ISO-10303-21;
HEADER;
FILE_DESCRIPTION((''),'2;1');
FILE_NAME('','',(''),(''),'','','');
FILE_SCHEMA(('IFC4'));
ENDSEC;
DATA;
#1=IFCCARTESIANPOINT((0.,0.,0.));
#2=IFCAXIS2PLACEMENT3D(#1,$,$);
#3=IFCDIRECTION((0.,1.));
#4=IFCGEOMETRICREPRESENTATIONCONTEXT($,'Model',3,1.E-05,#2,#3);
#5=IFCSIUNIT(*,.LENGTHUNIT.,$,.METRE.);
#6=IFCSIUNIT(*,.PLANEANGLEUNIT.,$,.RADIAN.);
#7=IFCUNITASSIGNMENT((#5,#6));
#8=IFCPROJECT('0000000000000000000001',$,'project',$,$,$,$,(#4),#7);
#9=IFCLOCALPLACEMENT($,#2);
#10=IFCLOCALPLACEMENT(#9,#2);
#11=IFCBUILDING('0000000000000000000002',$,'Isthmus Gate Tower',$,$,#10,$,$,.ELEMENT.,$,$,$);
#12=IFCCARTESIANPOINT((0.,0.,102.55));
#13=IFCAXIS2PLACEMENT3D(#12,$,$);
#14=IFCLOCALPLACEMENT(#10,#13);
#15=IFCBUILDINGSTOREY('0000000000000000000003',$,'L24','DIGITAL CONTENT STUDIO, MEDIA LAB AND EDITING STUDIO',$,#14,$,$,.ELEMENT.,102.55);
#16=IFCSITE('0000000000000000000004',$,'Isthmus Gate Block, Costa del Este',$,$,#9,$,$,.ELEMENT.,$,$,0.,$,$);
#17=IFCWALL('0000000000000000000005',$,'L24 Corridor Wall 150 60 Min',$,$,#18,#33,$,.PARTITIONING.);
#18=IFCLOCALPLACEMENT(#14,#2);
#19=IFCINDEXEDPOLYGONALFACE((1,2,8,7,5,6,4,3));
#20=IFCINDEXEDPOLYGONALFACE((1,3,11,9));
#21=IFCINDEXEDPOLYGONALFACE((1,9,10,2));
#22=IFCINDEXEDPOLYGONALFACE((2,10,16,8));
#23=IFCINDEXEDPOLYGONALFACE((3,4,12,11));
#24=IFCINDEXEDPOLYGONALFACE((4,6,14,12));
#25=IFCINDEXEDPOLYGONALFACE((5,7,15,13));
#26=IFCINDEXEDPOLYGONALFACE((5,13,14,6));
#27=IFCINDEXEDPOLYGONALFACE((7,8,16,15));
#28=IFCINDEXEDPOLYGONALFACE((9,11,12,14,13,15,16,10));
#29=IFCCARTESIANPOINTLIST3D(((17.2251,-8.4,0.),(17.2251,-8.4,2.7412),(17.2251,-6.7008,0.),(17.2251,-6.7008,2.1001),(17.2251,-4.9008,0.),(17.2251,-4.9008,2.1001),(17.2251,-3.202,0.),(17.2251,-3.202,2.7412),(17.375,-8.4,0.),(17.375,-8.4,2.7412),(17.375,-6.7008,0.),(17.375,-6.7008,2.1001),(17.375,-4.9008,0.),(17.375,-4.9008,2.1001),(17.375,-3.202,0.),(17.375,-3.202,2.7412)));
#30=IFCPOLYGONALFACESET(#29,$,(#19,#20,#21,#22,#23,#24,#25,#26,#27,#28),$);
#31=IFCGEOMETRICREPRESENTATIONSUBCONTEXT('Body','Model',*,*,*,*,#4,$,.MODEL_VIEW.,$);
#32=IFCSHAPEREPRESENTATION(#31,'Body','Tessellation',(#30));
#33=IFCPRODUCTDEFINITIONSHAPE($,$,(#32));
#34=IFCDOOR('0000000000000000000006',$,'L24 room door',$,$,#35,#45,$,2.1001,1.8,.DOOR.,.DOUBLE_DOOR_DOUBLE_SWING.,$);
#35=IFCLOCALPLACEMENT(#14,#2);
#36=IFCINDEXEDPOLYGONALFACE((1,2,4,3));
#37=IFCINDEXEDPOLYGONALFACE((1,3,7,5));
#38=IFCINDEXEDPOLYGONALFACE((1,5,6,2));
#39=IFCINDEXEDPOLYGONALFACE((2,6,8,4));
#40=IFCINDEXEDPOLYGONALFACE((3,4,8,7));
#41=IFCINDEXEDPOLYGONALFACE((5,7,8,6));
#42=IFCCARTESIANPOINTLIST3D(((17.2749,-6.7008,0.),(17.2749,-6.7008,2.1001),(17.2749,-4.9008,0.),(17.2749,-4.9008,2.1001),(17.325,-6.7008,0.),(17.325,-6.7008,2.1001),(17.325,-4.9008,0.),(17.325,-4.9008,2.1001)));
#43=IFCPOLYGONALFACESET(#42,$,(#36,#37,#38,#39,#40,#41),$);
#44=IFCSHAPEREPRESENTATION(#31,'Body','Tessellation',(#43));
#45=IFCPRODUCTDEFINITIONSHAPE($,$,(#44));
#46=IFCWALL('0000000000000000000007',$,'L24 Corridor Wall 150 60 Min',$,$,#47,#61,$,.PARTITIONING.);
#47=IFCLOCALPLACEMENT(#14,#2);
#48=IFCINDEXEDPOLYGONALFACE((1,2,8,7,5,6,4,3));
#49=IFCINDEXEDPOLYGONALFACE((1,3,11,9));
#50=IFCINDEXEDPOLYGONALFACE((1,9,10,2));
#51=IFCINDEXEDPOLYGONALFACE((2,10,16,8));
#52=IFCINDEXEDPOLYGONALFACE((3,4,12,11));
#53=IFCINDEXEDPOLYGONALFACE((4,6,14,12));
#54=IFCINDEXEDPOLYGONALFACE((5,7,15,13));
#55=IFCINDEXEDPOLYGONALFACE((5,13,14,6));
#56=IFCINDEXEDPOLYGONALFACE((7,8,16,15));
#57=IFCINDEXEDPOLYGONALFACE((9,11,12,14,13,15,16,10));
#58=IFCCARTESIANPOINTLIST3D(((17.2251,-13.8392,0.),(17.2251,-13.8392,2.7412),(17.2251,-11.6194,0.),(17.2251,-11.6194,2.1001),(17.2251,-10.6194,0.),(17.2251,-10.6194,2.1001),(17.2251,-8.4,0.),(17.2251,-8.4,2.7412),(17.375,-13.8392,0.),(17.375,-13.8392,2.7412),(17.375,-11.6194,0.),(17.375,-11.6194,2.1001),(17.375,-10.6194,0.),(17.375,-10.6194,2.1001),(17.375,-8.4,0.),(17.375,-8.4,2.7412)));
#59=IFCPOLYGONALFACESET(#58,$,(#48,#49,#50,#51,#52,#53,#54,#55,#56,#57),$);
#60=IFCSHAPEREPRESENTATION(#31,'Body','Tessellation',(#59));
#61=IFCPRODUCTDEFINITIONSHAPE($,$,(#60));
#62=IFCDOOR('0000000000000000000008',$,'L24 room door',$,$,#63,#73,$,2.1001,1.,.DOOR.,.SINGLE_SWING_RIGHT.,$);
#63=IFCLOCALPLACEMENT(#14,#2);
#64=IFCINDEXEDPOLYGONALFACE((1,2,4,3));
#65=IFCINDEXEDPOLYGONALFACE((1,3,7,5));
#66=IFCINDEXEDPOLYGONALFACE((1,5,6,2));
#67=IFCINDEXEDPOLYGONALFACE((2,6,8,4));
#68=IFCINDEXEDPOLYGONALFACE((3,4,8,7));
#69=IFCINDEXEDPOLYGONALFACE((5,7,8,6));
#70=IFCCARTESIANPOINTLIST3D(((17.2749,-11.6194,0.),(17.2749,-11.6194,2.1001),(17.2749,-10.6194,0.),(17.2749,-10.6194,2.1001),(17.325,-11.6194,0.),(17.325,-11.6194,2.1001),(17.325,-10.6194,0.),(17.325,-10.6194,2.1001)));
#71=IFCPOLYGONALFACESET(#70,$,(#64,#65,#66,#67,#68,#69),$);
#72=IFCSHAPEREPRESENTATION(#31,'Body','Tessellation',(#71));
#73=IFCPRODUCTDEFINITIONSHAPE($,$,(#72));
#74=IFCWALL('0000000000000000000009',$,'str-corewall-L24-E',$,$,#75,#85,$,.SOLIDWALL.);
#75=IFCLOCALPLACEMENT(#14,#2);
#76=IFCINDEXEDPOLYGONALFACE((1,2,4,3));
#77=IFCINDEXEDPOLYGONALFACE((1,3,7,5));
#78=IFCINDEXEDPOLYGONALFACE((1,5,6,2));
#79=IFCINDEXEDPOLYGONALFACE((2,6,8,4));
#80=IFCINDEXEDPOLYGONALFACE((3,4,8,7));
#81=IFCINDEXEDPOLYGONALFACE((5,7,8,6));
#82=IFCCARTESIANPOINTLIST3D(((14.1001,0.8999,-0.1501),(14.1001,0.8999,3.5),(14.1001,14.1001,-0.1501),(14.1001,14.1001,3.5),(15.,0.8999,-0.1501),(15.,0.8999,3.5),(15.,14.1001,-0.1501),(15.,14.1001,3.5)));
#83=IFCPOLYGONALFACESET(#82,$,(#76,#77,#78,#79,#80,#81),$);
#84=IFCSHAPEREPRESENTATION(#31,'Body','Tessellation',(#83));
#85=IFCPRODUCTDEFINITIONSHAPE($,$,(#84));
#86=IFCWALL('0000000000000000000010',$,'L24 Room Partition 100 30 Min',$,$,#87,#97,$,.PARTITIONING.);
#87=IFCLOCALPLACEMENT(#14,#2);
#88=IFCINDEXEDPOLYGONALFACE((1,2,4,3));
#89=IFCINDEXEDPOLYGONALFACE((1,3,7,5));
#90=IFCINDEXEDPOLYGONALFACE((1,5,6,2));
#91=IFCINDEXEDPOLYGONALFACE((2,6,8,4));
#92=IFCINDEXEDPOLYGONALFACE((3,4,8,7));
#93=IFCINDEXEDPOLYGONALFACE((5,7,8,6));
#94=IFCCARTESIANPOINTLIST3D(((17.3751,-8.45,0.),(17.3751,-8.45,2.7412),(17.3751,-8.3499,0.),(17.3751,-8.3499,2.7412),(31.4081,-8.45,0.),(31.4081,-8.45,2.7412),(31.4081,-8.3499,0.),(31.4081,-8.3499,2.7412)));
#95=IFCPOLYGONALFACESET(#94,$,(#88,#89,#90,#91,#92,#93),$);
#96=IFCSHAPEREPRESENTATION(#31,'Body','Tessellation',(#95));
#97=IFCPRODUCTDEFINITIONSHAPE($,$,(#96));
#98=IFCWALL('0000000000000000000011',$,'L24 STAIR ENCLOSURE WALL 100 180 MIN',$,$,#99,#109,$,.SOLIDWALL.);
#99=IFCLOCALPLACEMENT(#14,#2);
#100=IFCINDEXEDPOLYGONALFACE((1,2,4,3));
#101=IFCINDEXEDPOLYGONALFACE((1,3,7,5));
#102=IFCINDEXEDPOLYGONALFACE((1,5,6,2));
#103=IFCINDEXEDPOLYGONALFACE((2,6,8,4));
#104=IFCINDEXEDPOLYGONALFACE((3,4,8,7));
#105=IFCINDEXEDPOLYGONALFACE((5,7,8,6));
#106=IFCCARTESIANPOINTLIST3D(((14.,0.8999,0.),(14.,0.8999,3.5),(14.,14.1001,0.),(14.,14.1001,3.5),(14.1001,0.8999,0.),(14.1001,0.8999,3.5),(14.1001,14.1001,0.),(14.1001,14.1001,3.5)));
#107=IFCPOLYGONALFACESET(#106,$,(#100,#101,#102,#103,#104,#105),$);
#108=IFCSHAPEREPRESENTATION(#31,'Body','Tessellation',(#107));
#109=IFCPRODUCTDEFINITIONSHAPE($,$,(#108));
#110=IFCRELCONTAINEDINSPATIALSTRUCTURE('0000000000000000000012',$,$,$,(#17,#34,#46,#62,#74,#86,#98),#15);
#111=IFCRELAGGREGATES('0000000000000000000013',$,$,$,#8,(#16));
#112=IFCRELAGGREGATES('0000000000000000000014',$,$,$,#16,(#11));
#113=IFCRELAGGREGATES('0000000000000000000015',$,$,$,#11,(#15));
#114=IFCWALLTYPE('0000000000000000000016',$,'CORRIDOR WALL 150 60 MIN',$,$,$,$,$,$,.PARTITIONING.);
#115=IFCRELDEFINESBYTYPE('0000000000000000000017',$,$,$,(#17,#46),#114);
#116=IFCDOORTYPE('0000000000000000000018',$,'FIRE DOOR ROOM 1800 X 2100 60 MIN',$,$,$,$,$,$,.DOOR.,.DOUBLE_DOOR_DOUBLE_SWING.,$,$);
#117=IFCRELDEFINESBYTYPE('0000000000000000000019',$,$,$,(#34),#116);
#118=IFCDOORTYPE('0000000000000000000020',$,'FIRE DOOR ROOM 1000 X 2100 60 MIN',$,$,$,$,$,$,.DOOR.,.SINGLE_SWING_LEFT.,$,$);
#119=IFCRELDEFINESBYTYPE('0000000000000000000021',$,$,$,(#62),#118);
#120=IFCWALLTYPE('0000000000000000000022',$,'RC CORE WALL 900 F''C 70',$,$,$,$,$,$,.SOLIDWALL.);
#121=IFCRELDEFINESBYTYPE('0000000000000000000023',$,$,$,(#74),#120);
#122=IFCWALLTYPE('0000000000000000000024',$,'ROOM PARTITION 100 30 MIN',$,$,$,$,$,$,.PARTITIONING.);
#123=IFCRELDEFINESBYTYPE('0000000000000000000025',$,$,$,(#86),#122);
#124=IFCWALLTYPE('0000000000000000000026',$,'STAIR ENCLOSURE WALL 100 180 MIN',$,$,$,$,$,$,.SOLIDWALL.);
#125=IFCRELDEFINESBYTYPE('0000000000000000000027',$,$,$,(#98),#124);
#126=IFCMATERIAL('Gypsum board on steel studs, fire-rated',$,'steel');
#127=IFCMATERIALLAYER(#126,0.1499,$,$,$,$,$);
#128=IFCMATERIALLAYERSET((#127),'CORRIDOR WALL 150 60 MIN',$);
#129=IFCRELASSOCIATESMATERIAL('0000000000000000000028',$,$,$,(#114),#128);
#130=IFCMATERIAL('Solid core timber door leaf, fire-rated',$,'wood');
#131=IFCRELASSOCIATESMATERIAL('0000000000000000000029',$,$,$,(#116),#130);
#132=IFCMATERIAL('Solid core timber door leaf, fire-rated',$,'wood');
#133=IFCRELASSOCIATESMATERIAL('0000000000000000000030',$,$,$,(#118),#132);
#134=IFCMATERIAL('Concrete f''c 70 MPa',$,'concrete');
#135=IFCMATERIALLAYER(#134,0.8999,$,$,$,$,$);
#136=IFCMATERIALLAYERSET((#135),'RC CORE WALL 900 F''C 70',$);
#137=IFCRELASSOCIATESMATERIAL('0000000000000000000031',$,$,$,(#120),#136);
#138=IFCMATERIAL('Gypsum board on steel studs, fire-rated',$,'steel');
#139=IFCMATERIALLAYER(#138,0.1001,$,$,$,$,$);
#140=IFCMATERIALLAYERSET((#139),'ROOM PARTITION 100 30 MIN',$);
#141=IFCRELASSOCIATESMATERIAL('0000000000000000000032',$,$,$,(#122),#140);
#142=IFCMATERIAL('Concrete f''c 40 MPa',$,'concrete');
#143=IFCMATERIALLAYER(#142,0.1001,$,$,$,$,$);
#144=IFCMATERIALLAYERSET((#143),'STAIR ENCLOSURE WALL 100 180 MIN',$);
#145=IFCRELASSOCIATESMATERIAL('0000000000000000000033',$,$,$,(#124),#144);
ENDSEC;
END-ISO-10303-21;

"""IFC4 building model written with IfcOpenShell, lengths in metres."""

from ifc_helpers import new_model, si_unit, direction, frame, frame_2d, origin, place, context, subcontext, project, spatial, rectangle, extrude, material, layer, layer_set, type_object, element, fill, save


model = new_model("IFC4")

# Units and contexts
model_context = context("Model", 3, precision=1e-05, world=origin(), true_north=direction((0.0, 1.0)))
body_context = subcontext(model_context, "Body", "Model", "MODEL_VIEW")
ifc_project = project(units=[si_unit("LENGTHUNIT", "METRE"), si_unit("PLANEANGLEUNIT", "RADIAN")], contexts=[model_context])

# Site, building, storey
site_placement = place(None, origin())
site = spatial("IfcSite", under=ifc_project, at=site_placement, Name="Isthmus Gate Block, Costa del Este", CompositionType="ELEMENT", RefElevation=0.0)
building_placement = place(site_placement, origin())
building = spatial("IfcBuilding", under=site, at=building_placement, Name="Isthmus Gate Tower", CompositionType="ELEMENT")
storey_placement = place(building_placement, frame((0.0, 0.0, 102.55)))
storey = spatial("IfcBuildingStorey", under=building, at=storey_placement, Name="L24", Description="DIGITAL CONTENT STUDIO, MEDIA LAB AND EDITING STUDIO", CompositionType="ELEMENT", Elevation=102.55)

# Walls, openings, doors
ifc_material_1 = material(Name="Gypsum board on steel studs, fire-rated", Category="steel")
ifc_layer_1 = layer(ifc_material_1, 0.1499)
ifc_layer_set_1 = layer_set([ifc_layer_1], Name="CORRIDOR WALL 150 60 MIN")
wall_type_1 = type_object("IfcWallType", Name="CORRIDOR WALL 150 60 MIN", PredefinedType="PARTITIONING", material=ifc_layer_set_1)
ifc_material_2 = material(Name="Solid core timber door leaf, fire-rated", Category="wood")
door_type_1 = type_object("IfcDoorType", Name="FIRE DOOR ROOM 1800 X 2100 60 MIN", OperationType="DOUBLE_DOOR_DOUBLE_SWING", PredefinedType="DOOR", material=ifc_material_2)
wall_1_placement = place(storey_placement, frame((17.3, -3.2019, 0.0), z_axis=(0.0, 0.0, 1.0), x_axis=(0.0, -1.0, 0.0)))
wall_1 = element("IfcWall", 1, at=wall_1_placement, inside=storey, type_object=wall_type_1, Name="L24 Corridor Wall 150 60 Min", PredefinedType="PARTITIONING", context=body_context, shape_type="SweptSolid", body=[
    extrude(rectangle(XDim=5.198, YDim=0.1499, at=frame_2d((2.5991, 0.0))), origin(), (0.0, 0.0, 1.0), 2.7412),
])
opening_1_placement = place(wall_1_placement, frame((1.699, 0.0, 0.0)))
opening_1 = element("IfcOpeningElement", 2, at=opening_1_placement, cuts=wall_1, PredefinedType="OPENING", context=body_context, shape_type="SweptSolid", body=[
    extrude(rectangle(XDim=1.8, YDim=2.1001, at=frame_2d((0.8999, 1.05))), frame((0.0, 0.085, 0.0), z_axis=(0.0, -1.0, 0.0), x_axis=(1.0, 0.0, 0.0)), (0.0, 0.0, 1.0), 0.1699),
])
door_1_placement = place(opening_1_placement, origin())
door_1 = element("IfcDoor", 3, at=door_1_placement, inside=storey, type_object=door_type_1, Name="L24 room door", OperationType="DOUBLE_DOOR_DOUBLE_SWING", OverallHeight=2.1001, OverallWidth=1.8, PredefinedType="DOOR", context=body_context, shape_type="SweptSolid", body=[
    extrude(rectangle(XDim=1.8, YDim=2.1001, at=frame_2d((0.8999, 1.05))), frame((0.0, 0.0249, 0.0), z_axis=(0.0, -1.0, 0.0), x_axis=(1.0, 0.0, 0.0)), (0.0, 0.0, 1.0), 0.05),
])
fill(opening_1, door_1)
wall_2_placement = place(storey_placement, frame((17.3, -8.3999, 0.0), z_axis=(0.0, 0.0, 1.0), x_axis=(0.0, -1.0, 0.0)))
wall_2 = element("IfcWall", 4, at=wall_2_placement, inside=storey, type_object=wall_type_1, Name="L24 Corridor Wall 150 60 Min", PredefinedType="PARTITIONING", context=body_context, shape_type="SweptSolid", body=[
    extrude(rectangle(XDim=5.4392, YDim=0.1499, at=frame_2d((2.7197, 0.0))), origin(), (0.0, 0.0, 1.0), 2.7412),
])
opening_2_placement = place(wall_2_placement, frame((2.2195, 0.0, 0.0)))
opening_2 = element("IfcOpeningElement", 5, at=opening_2_placement, cuts=wall_2, PredefinedType="OPENING", context=body_context, shape_type="SweptSolid", body=[
    extrude(rectangle(XDim=1.0, YDim=2.1001, at=frame_2d((0.5, 1.05))), frame((0.0, 0.085, 0.0), z_axis=(0.0, -1.0, 0.0), x_axis=(1.0, 0.0, 0.0)), (0.0, 0.0, 1.0), 0.1699),
])
ifc_material_3 = material(Name="Solid core timber door leaf, fire-rated", Category="wood")
door_type_2 = type_object("IfcDoorType", Name="FIRE DOOR ROOM 1000 X 2100 60 MIN", OperationType="SINGLE_SWING_LEFT", PredefinedType="DOOR", material=ifc_material_3)
door_2_placement = place(opening_2_placement, origin())
door_2 = element("IfcDoor", 6, at=door_2_placement, inside=storey, type_object=door_type_2, Name="L24 room door", OperationType="SINGLE_SWING_RIGHT", OverallHeight=2.1001, OverallWidth=1.0, PredefinedType="DOOR", context=body_context, shape_type="SweptSolid", body=[
    extrude(rectangle(XDim=1.0, YDim=2.1001, at=frame_2d((0.5, 1.05))), frame((0.0, 0.0249, 0.0), z_axis=(0.0, -1.0, 0.0), x_axis=(1.0, 0.0, 0.0)), (0.0, 0.0, 1.0), 0.05),
])
fill(opening_2, door_2)

# Walls
ifc_material_4 = material(Name="Concrete f'c 70 MPa", Category="concrete")
ifc_layer_2 = layer(ifc_material_4, 0.8999)
ifc_layer_set_2 = layer_set([ifc_layer_2], Name="RC CORE WALL 900 F'C 70")
wall_type_2 = type_object("IfcWallType", Name="RC CORE WALL 900 F'C 70", PredefinedType="SOLIDWALL", material=ifc_layer_set_2)
wall_3_placement = place(storey_placement, frame((14.55, 0.8999, -0.1501), z_axis=(0.0, 0.0, 1.0), x_axis=(0.0, 1.0, 0.0)))
element("IfcWall", 7, at=wall_3_placement, inside=storey, type_object=wall_type_2, Name="str-corewall-L24-E", PredefinedType="SOLIDWALL", context=body_context, shape_type="SweptSolid", body=[
    extrude(rectangle(XDim=13.2002, YDim=0.8999, at=frame_2d((6.6001, 0.0))), origin(), (0.0, 0.0, 1.0), 3.6501),
])
ifc_material_5 = material(Name="Gypsum board on steel studs, fire-rated", Category="steel")
ifc_layer_3 = layer(ifc_material_5, 0.1001)
ifc_layer_set_3 = layer_set([ifc_layer_3], Name="ROOM PARTITION 100 30 MIN")
wall_type_3 = type_object("IfcWallType", Name="ROOM PARTITION 100 30 MIN", PredefinedType="PARTITIONING", material=ifc_layer_set_3)
wall_4_placement = place(storey_placement, frame((17.375, -8.3999, 0.0), z_axis=(0.0, 0.0, 1.0), x_axis=(1.0, 0.0, 0.0)))
element("IfcWall", 8, at=wall_4_placement, inside=storey, type_object=wall_type_3, Name="L24 Room Partition 100 30 Min", PredefinedType="PARTITIONING", context=body_context, shape_type="SweptSolid", body=[
    extrude(rectangle(XDim=14.033, YDim=0.1001, at=frame_2d((7.0166, 0.0))), origin(), (0.0, 0.0, 1.0), 2.7412),
])
ifc_material_6 = material(Name="Concrete f'c 40 MPa", Category="concrete")
ifc_layer_4 = layer(ifc_material_6, 0.1001)
ifc_layer_set_4 = layer_set([ifc_layer_4], Name="STAIR ENCLOSURE WALL 100 180 MIN")
wall_type_4 = type_object("IfcWallType", Name="STAIR ENCLOSURE WALL 100 180 MIN", PredefinedType="SOLIDWALL", material=ifc_layer_set_4)
wall_5_placement = place(storey_placement, frame((14.05, 0.8999, 0.0), z_axis=(0.0, 0.0, 1.0), x_axis=(0.0, 1.0, 0.0)))
element("IfcWall", 9, at=wall_5_placement, inside=storey, type_object=wall_type_4, Name="L24 STAIR ENCLOSURE WALL 100 180 MIN", PredefinedType="SOLIDWALL", context=body_context, shape_type="SweptSolid", body=[
    extrude(rectangle(XDim=13.2002, YDim=0.1001, at=frame_2d((6.6001, 0.0))), origin(), (0.0, 0.0, 1.0), 3.5),
])

save(model, "model.ifc")
